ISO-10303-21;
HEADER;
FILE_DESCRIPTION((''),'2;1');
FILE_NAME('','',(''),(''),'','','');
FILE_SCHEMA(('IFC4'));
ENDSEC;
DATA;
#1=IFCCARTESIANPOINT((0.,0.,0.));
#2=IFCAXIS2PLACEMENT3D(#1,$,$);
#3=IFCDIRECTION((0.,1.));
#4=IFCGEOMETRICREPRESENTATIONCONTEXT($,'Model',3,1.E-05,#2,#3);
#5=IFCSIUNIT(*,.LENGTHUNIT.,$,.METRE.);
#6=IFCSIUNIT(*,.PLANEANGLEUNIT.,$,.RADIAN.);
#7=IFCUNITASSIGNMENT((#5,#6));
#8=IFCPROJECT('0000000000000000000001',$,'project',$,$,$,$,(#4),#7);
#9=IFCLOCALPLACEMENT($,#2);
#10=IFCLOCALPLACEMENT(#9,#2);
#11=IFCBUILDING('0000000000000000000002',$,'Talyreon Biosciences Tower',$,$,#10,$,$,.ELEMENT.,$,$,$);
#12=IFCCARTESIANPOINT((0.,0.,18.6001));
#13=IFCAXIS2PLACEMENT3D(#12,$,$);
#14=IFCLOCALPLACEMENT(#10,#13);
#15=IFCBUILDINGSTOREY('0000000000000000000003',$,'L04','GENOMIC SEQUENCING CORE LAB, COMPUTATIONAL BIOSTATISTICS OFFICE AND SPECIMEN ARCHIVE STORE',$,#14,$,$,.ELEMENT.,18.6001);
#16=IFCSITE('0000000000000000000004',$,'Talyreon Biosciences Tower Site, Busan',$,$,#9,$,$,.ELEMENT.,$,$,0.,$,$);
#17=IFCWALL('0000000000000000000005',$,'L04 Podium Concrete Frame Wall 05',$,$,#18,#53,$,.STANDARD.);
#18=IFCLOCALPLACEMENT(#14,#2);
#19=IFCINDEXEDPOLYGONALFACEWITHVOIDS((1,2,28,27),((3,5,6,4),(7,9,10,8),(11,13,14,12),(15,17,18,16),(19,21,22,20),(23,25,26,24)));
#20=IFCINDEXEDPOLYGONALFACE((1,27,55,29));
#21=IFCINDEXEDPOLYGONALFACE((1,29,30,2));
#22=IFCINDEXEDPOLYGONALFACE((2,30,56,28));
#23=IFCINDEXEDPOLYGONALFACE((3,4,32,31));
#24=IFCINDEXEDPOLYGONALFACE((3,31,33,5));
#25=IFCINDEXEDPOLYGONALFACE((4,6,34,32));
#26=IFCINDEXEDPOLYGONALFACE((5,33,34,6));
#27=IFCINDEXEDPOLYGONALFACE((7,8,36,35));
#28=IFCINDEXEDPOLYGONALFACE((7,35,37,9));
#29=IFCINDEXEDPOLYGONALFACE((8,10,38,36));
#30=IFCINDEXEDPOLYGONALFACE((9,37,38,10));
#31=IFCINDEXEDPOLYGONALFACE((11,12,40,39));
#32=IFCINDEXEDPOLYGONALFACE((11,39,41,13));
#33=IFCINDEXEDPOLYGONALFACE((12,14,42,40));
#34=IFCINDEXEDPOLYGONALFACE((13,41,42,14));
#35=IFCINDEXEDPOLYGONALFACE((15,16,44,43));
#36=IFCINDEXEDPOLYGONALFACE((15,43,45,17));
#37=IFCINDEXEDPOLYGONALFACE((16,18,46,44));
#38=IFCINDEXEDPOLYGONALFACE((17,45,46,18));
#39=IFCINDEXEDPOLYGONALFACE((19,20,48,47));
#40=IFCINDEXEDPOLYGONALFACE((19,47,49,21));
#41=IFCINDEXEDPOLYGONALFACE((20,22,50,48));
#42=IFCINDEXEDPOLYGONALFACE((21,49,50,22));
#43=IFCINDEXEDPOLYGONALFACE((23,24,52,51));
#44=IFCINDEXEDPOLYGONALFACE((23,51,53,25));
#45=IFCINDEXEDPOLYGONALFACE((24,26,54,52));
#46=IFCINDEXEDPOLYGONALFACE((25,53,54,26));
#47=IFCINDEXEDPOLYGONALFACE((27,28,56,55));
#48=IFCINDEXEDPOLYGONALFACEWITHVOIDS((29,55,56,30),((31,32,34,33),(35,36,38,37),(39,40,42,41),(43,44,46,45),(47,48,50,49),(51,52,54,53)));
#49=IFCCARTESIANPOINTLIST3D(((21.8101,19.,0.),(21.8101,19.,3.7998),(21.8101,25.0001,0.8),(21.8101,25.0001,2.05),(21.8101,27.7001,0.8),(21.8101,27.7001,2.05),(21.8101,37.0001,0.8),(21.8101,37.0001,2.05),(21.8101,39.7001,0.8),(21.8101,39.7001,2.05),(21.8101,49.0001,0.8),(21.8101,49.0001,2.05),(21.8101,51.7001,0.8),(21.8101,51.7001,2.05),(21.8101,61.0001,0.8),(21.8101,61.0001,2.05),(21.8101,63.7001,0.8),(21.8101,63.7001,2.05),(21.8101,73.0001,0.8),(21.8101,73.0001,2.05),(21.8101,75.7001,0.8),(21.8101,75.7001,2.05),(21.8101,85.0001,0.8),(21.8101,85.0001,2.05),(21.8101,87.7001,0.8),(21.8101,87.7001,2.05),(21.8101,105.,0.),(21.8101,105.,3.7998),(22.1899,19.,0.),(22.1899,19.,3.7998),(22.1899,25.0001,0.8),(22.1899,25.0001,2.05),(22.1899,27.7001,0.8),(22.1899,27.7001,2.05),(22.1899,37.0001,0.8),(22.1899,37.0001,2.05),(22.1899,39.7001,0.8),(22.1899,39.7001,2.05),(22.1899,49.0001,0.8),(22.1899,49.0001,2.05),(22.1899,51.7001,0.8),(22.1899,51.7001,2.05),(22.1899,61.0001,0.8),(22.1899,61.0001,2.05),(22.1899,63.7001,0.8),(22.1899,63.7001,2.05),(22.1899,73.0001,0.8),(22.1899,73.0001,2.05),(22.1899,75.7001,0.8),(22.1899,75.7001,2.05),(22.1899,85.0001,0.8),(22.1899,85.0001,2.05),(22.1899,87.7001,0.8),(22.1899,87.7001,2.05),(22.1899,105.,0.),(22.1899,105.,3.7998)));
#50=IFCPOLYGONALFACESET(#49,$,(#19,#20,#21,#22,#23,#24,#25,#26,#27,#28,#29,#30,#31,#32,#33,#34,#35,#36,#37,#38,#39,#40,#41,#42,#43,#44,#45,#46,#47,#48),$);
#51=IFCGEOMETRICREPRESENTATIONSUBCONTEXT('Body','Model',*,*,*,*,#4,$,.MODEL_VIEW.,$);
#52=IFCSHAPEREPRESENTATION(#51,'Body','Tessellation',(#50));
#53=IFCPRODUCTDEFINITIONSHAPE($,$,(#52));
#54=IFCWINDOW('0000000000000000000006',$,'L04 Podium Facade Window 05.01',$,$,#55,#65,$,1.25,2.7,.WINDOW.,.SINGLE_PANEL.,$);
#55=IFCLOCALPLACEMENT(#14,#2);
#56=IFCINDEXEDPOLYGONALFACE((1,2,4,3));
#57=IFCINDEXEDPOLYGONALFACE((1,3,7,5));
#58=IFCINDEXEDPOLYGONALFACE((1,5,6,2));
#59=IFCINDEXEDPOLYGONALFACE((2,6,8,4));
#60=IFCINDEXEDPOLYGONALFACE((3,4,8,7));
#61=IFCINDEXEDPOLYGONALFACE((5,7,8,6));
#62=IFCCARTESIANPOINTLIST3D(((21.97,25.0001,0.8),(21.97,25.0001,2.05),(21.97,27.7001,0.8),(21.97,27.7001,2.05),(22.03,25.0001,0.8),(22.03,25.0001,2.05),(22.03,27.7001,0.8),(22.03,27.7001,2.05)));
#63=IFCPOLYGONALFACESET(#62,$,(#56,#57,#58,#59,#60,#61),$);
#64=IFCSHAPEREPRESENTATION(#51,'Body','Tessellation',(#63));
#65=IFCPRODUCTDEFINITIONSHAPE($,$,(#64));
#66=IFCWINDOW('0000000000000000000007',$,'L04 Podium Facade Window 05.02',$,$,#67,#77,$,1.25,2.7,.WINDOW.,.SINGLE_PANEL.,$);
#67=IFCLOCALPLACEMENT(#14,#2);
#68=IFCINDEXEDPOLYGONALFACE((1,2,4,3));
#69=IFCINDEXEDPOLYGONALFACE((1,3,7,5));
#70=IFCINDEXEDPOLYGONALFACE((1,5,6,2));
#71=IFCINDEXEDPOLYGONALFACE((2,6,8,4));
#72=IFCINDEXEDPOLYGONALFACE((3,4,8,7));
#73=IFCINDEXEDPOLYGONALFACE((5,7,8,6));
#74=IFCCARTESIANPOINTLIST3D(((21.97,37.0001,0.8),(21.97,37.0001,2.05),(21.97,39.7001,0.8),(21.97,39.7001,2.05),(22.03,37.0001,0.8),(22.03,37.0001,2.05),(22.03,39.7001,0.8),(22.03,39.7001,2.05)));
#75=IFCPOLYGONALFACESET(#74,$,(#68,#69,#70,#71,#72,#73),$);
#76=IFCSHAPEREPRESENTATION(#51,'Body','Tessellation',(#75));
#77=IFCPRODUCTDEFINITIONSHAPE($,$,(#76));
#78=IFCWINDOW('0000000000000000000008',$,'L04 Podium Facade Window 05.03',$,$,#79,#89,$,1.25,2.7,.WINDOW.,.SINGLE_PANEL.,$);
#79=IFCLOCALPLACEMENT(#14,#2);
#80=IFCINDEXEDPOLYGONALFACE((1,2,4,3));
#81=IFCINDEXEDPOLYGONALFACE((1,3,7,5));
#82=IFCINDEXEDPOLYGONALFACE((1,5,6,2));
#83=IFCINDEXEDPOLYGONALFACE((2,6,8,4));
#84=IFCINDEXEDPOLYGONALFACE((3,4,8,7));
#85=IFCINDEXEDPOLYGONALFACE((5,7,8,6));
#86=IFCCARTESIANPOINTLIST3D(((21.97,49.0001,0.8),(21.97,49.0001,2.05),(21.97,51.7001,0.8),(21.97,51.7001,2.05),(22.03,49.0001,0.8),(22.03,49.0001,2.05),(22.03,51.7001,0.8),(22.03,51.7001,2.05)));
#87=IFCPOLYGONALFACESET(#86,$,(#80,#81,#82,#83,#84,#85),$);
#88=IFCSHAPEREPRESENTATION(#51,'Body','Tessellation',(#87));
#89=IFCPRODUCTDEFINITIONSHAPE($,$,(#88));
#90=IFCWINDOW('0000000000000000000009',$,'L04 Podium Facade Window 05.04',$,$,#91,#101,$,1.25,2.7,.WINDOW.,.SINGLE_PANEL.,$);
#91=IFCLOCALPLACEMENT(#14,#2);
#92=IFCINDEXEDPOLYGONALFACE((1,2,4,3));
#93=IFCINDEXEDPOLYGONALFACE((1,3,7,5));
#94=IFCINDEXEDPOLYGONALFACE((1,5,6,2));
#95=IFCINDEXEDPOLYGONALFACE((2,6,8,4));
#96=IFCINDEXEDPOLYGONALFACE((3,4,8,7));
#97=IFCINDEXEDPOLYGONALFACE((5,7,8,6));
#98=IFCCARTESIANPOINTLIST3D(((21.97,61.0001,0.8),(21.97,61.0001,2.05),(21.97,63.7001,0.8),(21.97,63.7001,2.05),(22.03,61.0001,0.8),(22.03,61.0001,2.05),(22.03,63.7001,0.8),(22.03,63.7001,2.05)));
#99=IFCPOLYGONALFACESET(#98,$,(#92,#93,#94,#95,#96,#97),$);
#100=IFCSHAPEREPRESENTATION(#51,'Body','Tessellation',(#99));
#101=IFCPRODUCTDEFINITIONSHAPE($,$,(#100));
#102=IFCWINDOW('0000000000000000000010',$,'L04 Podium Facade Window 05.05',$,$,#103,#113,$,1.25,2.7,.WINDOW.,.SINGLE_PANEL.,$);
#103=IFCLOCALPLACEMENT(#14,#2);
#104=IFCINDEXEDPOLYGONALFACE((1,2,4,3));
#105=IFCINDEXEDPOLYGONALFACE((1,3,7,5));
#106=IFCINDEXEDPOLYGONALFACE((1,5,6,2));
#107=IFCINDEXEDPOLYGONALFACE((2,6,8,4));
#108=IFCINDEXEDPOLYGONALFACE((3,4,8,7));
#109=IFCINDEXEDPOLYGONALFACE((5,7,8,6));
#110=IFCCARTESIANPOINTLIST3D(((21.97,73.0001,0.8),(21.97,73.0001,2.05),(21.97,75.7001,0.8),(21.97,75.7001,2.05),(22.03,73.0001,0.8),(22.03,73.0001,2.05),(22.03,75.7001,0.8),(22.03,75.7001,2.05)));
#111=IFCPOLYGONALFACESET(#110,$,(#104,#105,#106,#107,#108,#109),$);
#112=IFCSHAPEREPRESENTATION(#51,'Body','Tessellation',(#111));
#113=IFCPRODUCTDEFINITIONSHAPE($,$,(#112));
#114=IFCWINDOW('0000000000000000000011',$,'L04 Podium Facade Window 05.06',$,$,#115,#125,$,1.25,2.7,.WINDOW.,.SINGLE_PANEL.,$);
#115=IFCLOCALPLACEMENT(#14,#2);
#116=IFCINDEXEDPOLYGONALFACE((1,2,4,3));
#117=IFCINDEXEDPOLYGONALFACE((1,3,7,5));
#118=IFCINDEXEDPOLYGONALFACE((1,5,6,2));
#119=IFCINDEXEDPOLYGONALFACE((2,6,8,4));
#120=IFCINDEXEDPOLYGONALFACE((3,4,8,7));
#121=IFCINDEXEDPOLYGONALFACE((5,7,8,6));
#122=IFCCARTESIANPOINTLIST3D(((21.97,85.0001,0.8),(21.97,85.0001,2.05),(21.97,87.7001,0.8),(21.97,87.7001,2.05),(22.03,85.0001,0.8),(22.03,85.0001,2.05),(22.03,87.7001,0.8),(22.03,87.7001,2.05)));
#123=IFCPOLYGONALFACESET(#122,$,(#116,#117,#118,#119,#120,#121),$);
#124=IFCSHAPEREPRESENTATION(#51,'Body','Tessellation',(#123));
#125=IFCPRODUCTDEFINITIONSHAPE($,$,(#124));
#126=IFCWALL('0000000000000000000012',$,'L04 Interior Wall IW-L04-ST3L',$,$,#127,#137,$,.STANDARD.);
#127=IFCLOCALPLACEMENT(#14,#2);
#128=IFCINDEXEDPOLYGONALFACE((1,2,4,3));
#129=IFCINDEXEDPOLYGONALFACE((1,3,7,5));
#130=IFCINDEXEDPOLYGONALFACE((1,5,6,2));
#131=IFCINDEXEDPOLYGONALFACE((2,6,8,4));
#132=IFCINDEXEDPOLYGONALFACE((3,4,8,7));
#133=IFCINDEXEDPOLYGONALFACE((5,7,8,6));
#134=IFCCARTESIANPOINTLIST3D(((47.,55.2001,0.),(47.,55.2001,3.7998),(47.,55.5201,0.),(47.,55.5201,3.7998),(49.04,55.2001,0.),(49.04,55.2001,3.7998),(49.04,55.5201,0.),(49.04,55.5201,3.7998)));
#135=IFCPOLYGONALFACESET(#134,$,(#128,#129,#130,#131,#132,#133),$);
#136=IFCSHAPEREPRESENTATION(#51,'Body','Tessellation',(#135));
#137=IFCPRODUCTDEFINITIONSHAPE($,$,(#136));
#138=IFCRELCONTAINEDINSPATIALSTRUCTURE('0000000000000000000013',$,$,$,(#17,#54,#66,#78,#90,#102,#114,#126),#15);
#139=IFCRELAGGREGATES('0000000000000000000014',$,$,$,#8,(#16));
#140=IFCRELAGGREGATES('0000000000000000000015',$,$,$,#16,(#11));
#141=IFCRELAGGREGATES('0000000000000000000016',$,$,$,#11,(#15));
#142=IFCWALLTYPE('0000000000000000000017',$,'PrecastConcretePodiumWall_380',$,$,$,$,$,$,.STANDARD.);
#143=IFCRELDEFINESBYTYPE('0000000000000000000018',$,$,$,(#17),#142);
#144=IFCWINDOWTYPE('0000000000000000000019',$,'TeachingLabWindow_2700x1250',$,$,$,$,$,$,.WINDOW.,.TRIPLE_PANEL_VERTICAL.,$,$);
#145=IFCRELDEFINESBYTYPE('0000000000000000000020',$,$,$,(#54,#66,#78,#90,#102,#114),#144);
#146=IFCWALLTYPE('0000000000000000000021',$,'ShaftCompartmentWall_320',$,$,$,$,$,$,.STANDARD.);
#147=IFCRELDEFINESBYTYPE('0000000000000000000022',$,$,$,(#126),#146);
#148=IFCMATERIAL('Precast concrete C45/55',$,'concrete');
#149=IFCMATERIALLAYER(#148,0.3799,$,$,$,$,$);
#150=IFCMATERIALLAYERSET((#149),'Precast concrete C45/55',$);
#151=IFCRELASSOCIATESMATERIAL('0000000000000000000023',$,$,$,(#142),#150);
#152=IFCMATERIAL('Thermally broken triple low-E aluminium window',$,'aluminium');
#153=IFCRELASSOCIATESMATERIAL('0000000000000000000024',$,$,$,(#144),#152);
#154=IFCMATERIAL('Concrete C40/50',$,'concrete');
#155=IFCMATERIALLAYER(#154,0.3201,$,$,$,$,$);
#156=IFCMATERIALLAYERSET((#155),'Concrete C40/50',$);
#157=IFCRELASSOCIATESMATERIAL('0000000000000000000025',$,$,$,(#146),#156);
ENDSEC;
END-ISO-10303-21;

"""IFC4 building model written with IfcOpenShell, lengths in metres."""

from ifc_helpers import new_model, si_unit, direction, frame, frame_2d, origin, place, context, subcontext, project, spatial, rectangle, extrude, material, layer, layer_set, type_object, element, fill, save


model = new_model("IFC4")

# Units and contexts
model_context = context("Model", 3, precision=1e-05, world=origin(), true_north=direction((0.0, 1.0)))
body_context = subcontext(model_context, "Body", "Model", "MODEL_VIEW")
ifc_project = project(units=[si_unit("LENGTHUNIT", "METRE"), si_unit("PLANEANGLEUNIT", "RADIAN")], contexts=[model_context])

# Site, building, storey
site_placement = place(None, origin())
site = spatial("IfcSite", under=ifc_project, at=site_placement, Name="Talyreon Biosciences Tower Site, Busan", CompositionType="ELEMENT", RefElevation=0.0)
building_placement = place(site_placement, origin())
building = spatial("IfcBuilding", under=site, at=building_placement, Name="Talyreon Biosciences Tower", CompositionType="ELEMENT")
storey_placement = place(building_placement, frame((0.0, 0.0, 18.6001)))
storey = spatial("IfcBuildingStorey", under=building, at=storey_placement, Name="L04", Description="GENOMIC SEQUENCING CORE LAB, COMPUTATIONAL BIOSTATISTICS OFFICE AND SPECIMEN ARCHIVE STORE", CompositionType="ELEMENT", Elevation=18.6001)

# Shared definitions
ifc_material_1 = material(Name="Concrete C40/50", Category="concrete")

# Shared definitions
ifc_material_2 = material(Name="Precast concrete C45/55", Category="concrete")
ifc_layer_1 = layer(ifc_material_2, 0.3799)
ifc_layer_set_1 = layer_set([ifc_layer_1], Name="Precast concrete C45/55")
wall_type_1 = type_object("IfcWallType", Name="PrecastConcretePodiumWall_380", PredefinedType="STANDARD", material=ifc_layer_set_1)

# Wall, openings, windows
wall_1_placement = place(storey_placement, frame((22.0, 19.0, 0.0), z_axis=(0.0, 0.0, 1.0), x_axis=(0.0, 1.0, 0.0)))
wall_1 = element("IfcWall", 1, at=wall_1_placement, inside=storey, type_object=wall_type_1, Name="L04 Podium Concrete Frame Wall 05", PredefinedType="STANDARD", context=body_context, shape_type="SweptSolid", body=[
    extrude(rectangle(XDim=86.0, YDim=0.3799, at=frame_2d((43.0, 0.0))), origin(), (0.0, 0.0, 1.0), 3.7998),
])
opening_1_placement = place(wall_1_placement, frame((6.0, 0.0, 0.8)))
opening_1 = element("IfcOpeningElement", 2, at=opening_1_placement, cuts=wall_1, PredefinedType="OPENING", context=body_context, shape_type="SweptSolid", body=[
    extrude(rectangle(XDim=2.7, YDim=1.25, at=frame_2d((1.3501, 0.625))), frame((0.0, 0.2, 0.0), z_axis=(0.0, -1.0, 0.0), x_axis=(1.0, 0.0, 0.0)), (0.0, 0.0, 1.0), 0.3999),
])
opening_2_placement = place(wall_1_placement, frame((18.0, 0.0, 0.8)))
opening_2 = element("IfcOpeningElement", 3, at=opening_2_placement, cuts=wall_1, PredefinedType="OPENING", context=body_context, shape_type="SweptSolid", body=[
    extrude(rectangle(XDim=2.7, YDim=1.25, at=frame_2d((1.3501, 0.625))), frame((0.0, 0.2, 0.0), z_axis=(0.0, -1.0, 0.0), x_axis=(1.0, 0.0, 0.0)), (0.0, 0.0, 1.0), 0.3999),
])
opening_3_placement = place(wall_1_placement, frame((30.0, 0.0, 0.8)))
opening_3 = element("IfcOpeningElement", 4, at=opening_3_placement, cuts=wall_1, PredefinedType="OPENING", context=body_context, shape_type="SweptSolid", body=[
    extrude(rectangle(XDim=2.7, YDim=1.25, at=frame_2d((1.3501, 0.625))), frame((0.0, 0.2, 0.0), z_axis=(0.0, -1.0, 0.0), x_axis=(1.0, 0.0, 0.0)), (0.0, 0.0, 1.0), 0.3999),
])
opening_4_placement = place(wall_1_placement, frame((42.0, 0.0, 0.8)))
opening_4 = element("IfcOpeningElement", 5, at=opening_4_placement, cuts=wall_1, PredefinedType="OPENING", context=body_context, shape_type="SweptSolid", body=[
    extrude(rectangle(XDim=2.7, YDim=1.25, at=frame_2d((1.3501, 0.625))), frame((0.0, 0.2, 0.0), z_axis=(0.0, -1.0, 0.0), x_axis=(1.0, 0.0, 0.0)), (0.0, 0.0, 1.0), 0.3999),
])
opening_5_placement = place(wall_1_placement, frame((54.0, 0.0, 0.8)))
opening_5 = element("IfcOpeningElement", 6, at=opening_5_placement, cuts=wall_1, PredefinedType="OPENING", context=body_context, shape_type="SweptSolid", body=[
    extrude(rectangle(XDim=2.7, YDim=1.25, at=frame_2d((1.3501, 0.625))), frame((0.0, 0.2, 0.0), z_axis=(0.0, -1.0, 0.0), x_axis=(1.0, 0.0, 0.0)), (0.0, 0.0, 1.0), 0.3999),
])
opening_6_placement = place(wall_1_placement, frame((66.0, 0.0, 0.8)))
opening_6 = element("IfcOpeningElement", 7, at=opening_6_placement, cuts=wall_1, PredefinedType="OPENING", context=body_context, shape_type="SweptSolid", body=[
    extrude(rectangle(XDim=2.7, YDim=1.25, at=frame_2d((1.3501, 0.625))), frame((0.0, 0.2, 0.0), z_axis=(0.0, -1.0, 0.0), x_axis=(1.0, 0.0, 0.0)), (0.0, 0.0, 1.0), 0.3999),
])
ifc_material_3 = material(Name="Thermally broken triple low-E aluminium window", Category="aluminium")
window_type = type_object("IfcWindowType", Name="TeachingLabWindow_2700x1250", PartitioningType="TRIPLE_PANEL_VERTICAL", PredefinedType="WINDOW", material=ifc_material_3)
window_1_placement = place(opening_1_placement, origin())
window_1 = element("IfcWindow", 8, at=window_1_placement, inside=storey, type_object=window_type, Name="L04 Podium Facade Window 05.01", OverallHeight=1.25, OverallWidth=2.7, PartitioningType="SINGLE_PANEL", PredefinedType="WINDOW", context=body_context, shape_type="SweptSolid", body=[
    extrude(rectangle(XDim=2.7, YDim=1.25, at=frame_2d((1.3501, 0.625))), frame((0.0, 0.03, 0.0), z_axis=(0.0, -1.0, 0.0), x_axis=(1.0, 0.0, 0.0)), (0.0, 0.0, 1.0), 0.0601),
])
fill(opening_1, window_1)
window_2_placement = place(opening_2_placement, origin())
window_2 = element("IfcWindow", 9, at=window_2_placement, inside=storey, type_object=window_type, Name="L04 Podium Facade Window 05.02", OverallHeight=1.25, OverallWidth=2.7, PartitioningType="SINGLE_PANEL", PredefinedType="WINDOW", context=body_context, shape_type="SweptSolid", body=[
    extrude(rectangle(XDim=2.7, YDim=1.25, at=frame_2d((1.3501, 0.625))), frame((0.0, 0.03, 0.0), z_axis=(0.0, -1.0, 0.0), x_axis=(1.0, 0.0, 0.0)), (0.0, 0.0, 1.0), 0.0601),
])
fill(opening_2, window_2)
window_3_placement = place(opening_3_placement, origin())
window_3 = element("IfcWindow", 10, at=window_3_placement, inside=storey, type_object=window_type, Name="L04 Podium Facade Window 05.03", OverallHeight=1.25, OverallWidth=2.7, PartitioningType="SINGLE_PANEL", PredefinedType="WINDOW", context=body_context, shape_type="SweptSolid", body=[
    extrude(rectangle(XDim=2.7, YDim=1.25, at=frame_2d((1.3501, 0.625))), frame((0.0, 0.03, 0.0), z_axis=(0.0, -1.0, 0.0), x_axis=(1.0, 0.0, 0.0)), (0.0, 0.0, 1.0), 0.0601),
])
fill(opening_3, window_3)
window_4_placement = place(opening_4_placement, origin())
window_4 = element("IfcWindow", 11, at=window_4_placement, inside=storey, type_object=window_type, Name="L04 Podium Facade Window 05.04", OverallHeight=1.25, OverallWidth=2.7, PartitioningType="SINGLE_PANEL", PredefinedType="WINDOW", context=body_context, shape_type="SweptSolid", body=[
    extrude(rectangle(XDim=2.7, YDim=1.25, at=frame_2d((1.3501, 0.625))), frame((0.0, 0.03, 0.0), z_axis=(0.0, -1.0, 0.0), x_axis=(1.0, 0.0, 0.0)), (0.0, 0.0, 1.0), 0.0601),
])
fill(opening_4, window_4)
window_5_placement = place(opening_5_placement, origin())
window_5 = element("IfcWindow", 12, at=window_5_placement, inside=storey, type_object=window_type, Name="L04 Podium Facade Window 05.05", OverallHeight=1.25, OverallWidth=2.7, PartitioningType="SINGLE_PANEL", PredefinedType="WINDOW", context=body_context, shape_type="SweptSolid", body=[
    extrude(rectangle(XDim=2.7, YDim=1.25, at=frame_2d((1.3501, 0.625))), frame((0.0, 0.03, 0.0), z_axis=(0.0, -1.0, 0.0), x_axis=(1.0, 0.0, 0.0)), (0.0, 0.0, 1.0), 0.0601),
])
fill(opening_5, window_5)
window_6_placement = place(opening_6_placement, origin())
window_6 = element("IfcWindow", 13, at=window_6_placement, inside=storey, type_object=window_type, Name="L04 Podium Facade Window 05.06", OverallHeight=1.25, OverallWidth=2.7, PartitioningType="SINGLE_PANEL", PredefinedType="WINDOW", context=body_context, shape_type="SweptSolid", body=[
    extrude(rectangle(XDim=2.7, YDim=1.25, at=frame_2d((1.3501, 0.625))), frame((0.0, 0.03, 0.0), z_axis=(0.0, -1.0, 0.0), x_axis=(1.0, 0.0, 0.0)), (0.0, 0.0, 1.0), 0.0601),
])
fill(opening_6, window_6)

# Wall
ifc_layer_2 = layer(ifc_material_1, 0.3201)
ifc_layer_set_2 = layer_set([ifc_layer_2], Name="Concrete C40/50")
wall_type_2 = type_object("IfcWallType", Name="ShaftCompartmentWall_320", PredefinedType="STANDARD", material=ifc_layer_set_2)
wall_2_placement = place(storey_placement, frame((47.0, 55.3601, 0.0), z_axis=(0.0, 0.0, 1.0), x_axis=(1.0, 0.0, 0.0)))
element("IfcWall", 14, at=wall_2_placement, inside=storey, type_object=wall_type_2, Name="L04 Interior Wall IW-L04-ST3L", PredefinedType="STANDARD", context=body_context, shape_type="SweptSolid", body=[
    extrude(rectangle(XDim=2.04, YDim=0.3201, at=frame_2d((1.02, 0.0))), origin(), (0.0, 0.0, 1.0), 3.7998),
])

save(model, "model.ifc")
